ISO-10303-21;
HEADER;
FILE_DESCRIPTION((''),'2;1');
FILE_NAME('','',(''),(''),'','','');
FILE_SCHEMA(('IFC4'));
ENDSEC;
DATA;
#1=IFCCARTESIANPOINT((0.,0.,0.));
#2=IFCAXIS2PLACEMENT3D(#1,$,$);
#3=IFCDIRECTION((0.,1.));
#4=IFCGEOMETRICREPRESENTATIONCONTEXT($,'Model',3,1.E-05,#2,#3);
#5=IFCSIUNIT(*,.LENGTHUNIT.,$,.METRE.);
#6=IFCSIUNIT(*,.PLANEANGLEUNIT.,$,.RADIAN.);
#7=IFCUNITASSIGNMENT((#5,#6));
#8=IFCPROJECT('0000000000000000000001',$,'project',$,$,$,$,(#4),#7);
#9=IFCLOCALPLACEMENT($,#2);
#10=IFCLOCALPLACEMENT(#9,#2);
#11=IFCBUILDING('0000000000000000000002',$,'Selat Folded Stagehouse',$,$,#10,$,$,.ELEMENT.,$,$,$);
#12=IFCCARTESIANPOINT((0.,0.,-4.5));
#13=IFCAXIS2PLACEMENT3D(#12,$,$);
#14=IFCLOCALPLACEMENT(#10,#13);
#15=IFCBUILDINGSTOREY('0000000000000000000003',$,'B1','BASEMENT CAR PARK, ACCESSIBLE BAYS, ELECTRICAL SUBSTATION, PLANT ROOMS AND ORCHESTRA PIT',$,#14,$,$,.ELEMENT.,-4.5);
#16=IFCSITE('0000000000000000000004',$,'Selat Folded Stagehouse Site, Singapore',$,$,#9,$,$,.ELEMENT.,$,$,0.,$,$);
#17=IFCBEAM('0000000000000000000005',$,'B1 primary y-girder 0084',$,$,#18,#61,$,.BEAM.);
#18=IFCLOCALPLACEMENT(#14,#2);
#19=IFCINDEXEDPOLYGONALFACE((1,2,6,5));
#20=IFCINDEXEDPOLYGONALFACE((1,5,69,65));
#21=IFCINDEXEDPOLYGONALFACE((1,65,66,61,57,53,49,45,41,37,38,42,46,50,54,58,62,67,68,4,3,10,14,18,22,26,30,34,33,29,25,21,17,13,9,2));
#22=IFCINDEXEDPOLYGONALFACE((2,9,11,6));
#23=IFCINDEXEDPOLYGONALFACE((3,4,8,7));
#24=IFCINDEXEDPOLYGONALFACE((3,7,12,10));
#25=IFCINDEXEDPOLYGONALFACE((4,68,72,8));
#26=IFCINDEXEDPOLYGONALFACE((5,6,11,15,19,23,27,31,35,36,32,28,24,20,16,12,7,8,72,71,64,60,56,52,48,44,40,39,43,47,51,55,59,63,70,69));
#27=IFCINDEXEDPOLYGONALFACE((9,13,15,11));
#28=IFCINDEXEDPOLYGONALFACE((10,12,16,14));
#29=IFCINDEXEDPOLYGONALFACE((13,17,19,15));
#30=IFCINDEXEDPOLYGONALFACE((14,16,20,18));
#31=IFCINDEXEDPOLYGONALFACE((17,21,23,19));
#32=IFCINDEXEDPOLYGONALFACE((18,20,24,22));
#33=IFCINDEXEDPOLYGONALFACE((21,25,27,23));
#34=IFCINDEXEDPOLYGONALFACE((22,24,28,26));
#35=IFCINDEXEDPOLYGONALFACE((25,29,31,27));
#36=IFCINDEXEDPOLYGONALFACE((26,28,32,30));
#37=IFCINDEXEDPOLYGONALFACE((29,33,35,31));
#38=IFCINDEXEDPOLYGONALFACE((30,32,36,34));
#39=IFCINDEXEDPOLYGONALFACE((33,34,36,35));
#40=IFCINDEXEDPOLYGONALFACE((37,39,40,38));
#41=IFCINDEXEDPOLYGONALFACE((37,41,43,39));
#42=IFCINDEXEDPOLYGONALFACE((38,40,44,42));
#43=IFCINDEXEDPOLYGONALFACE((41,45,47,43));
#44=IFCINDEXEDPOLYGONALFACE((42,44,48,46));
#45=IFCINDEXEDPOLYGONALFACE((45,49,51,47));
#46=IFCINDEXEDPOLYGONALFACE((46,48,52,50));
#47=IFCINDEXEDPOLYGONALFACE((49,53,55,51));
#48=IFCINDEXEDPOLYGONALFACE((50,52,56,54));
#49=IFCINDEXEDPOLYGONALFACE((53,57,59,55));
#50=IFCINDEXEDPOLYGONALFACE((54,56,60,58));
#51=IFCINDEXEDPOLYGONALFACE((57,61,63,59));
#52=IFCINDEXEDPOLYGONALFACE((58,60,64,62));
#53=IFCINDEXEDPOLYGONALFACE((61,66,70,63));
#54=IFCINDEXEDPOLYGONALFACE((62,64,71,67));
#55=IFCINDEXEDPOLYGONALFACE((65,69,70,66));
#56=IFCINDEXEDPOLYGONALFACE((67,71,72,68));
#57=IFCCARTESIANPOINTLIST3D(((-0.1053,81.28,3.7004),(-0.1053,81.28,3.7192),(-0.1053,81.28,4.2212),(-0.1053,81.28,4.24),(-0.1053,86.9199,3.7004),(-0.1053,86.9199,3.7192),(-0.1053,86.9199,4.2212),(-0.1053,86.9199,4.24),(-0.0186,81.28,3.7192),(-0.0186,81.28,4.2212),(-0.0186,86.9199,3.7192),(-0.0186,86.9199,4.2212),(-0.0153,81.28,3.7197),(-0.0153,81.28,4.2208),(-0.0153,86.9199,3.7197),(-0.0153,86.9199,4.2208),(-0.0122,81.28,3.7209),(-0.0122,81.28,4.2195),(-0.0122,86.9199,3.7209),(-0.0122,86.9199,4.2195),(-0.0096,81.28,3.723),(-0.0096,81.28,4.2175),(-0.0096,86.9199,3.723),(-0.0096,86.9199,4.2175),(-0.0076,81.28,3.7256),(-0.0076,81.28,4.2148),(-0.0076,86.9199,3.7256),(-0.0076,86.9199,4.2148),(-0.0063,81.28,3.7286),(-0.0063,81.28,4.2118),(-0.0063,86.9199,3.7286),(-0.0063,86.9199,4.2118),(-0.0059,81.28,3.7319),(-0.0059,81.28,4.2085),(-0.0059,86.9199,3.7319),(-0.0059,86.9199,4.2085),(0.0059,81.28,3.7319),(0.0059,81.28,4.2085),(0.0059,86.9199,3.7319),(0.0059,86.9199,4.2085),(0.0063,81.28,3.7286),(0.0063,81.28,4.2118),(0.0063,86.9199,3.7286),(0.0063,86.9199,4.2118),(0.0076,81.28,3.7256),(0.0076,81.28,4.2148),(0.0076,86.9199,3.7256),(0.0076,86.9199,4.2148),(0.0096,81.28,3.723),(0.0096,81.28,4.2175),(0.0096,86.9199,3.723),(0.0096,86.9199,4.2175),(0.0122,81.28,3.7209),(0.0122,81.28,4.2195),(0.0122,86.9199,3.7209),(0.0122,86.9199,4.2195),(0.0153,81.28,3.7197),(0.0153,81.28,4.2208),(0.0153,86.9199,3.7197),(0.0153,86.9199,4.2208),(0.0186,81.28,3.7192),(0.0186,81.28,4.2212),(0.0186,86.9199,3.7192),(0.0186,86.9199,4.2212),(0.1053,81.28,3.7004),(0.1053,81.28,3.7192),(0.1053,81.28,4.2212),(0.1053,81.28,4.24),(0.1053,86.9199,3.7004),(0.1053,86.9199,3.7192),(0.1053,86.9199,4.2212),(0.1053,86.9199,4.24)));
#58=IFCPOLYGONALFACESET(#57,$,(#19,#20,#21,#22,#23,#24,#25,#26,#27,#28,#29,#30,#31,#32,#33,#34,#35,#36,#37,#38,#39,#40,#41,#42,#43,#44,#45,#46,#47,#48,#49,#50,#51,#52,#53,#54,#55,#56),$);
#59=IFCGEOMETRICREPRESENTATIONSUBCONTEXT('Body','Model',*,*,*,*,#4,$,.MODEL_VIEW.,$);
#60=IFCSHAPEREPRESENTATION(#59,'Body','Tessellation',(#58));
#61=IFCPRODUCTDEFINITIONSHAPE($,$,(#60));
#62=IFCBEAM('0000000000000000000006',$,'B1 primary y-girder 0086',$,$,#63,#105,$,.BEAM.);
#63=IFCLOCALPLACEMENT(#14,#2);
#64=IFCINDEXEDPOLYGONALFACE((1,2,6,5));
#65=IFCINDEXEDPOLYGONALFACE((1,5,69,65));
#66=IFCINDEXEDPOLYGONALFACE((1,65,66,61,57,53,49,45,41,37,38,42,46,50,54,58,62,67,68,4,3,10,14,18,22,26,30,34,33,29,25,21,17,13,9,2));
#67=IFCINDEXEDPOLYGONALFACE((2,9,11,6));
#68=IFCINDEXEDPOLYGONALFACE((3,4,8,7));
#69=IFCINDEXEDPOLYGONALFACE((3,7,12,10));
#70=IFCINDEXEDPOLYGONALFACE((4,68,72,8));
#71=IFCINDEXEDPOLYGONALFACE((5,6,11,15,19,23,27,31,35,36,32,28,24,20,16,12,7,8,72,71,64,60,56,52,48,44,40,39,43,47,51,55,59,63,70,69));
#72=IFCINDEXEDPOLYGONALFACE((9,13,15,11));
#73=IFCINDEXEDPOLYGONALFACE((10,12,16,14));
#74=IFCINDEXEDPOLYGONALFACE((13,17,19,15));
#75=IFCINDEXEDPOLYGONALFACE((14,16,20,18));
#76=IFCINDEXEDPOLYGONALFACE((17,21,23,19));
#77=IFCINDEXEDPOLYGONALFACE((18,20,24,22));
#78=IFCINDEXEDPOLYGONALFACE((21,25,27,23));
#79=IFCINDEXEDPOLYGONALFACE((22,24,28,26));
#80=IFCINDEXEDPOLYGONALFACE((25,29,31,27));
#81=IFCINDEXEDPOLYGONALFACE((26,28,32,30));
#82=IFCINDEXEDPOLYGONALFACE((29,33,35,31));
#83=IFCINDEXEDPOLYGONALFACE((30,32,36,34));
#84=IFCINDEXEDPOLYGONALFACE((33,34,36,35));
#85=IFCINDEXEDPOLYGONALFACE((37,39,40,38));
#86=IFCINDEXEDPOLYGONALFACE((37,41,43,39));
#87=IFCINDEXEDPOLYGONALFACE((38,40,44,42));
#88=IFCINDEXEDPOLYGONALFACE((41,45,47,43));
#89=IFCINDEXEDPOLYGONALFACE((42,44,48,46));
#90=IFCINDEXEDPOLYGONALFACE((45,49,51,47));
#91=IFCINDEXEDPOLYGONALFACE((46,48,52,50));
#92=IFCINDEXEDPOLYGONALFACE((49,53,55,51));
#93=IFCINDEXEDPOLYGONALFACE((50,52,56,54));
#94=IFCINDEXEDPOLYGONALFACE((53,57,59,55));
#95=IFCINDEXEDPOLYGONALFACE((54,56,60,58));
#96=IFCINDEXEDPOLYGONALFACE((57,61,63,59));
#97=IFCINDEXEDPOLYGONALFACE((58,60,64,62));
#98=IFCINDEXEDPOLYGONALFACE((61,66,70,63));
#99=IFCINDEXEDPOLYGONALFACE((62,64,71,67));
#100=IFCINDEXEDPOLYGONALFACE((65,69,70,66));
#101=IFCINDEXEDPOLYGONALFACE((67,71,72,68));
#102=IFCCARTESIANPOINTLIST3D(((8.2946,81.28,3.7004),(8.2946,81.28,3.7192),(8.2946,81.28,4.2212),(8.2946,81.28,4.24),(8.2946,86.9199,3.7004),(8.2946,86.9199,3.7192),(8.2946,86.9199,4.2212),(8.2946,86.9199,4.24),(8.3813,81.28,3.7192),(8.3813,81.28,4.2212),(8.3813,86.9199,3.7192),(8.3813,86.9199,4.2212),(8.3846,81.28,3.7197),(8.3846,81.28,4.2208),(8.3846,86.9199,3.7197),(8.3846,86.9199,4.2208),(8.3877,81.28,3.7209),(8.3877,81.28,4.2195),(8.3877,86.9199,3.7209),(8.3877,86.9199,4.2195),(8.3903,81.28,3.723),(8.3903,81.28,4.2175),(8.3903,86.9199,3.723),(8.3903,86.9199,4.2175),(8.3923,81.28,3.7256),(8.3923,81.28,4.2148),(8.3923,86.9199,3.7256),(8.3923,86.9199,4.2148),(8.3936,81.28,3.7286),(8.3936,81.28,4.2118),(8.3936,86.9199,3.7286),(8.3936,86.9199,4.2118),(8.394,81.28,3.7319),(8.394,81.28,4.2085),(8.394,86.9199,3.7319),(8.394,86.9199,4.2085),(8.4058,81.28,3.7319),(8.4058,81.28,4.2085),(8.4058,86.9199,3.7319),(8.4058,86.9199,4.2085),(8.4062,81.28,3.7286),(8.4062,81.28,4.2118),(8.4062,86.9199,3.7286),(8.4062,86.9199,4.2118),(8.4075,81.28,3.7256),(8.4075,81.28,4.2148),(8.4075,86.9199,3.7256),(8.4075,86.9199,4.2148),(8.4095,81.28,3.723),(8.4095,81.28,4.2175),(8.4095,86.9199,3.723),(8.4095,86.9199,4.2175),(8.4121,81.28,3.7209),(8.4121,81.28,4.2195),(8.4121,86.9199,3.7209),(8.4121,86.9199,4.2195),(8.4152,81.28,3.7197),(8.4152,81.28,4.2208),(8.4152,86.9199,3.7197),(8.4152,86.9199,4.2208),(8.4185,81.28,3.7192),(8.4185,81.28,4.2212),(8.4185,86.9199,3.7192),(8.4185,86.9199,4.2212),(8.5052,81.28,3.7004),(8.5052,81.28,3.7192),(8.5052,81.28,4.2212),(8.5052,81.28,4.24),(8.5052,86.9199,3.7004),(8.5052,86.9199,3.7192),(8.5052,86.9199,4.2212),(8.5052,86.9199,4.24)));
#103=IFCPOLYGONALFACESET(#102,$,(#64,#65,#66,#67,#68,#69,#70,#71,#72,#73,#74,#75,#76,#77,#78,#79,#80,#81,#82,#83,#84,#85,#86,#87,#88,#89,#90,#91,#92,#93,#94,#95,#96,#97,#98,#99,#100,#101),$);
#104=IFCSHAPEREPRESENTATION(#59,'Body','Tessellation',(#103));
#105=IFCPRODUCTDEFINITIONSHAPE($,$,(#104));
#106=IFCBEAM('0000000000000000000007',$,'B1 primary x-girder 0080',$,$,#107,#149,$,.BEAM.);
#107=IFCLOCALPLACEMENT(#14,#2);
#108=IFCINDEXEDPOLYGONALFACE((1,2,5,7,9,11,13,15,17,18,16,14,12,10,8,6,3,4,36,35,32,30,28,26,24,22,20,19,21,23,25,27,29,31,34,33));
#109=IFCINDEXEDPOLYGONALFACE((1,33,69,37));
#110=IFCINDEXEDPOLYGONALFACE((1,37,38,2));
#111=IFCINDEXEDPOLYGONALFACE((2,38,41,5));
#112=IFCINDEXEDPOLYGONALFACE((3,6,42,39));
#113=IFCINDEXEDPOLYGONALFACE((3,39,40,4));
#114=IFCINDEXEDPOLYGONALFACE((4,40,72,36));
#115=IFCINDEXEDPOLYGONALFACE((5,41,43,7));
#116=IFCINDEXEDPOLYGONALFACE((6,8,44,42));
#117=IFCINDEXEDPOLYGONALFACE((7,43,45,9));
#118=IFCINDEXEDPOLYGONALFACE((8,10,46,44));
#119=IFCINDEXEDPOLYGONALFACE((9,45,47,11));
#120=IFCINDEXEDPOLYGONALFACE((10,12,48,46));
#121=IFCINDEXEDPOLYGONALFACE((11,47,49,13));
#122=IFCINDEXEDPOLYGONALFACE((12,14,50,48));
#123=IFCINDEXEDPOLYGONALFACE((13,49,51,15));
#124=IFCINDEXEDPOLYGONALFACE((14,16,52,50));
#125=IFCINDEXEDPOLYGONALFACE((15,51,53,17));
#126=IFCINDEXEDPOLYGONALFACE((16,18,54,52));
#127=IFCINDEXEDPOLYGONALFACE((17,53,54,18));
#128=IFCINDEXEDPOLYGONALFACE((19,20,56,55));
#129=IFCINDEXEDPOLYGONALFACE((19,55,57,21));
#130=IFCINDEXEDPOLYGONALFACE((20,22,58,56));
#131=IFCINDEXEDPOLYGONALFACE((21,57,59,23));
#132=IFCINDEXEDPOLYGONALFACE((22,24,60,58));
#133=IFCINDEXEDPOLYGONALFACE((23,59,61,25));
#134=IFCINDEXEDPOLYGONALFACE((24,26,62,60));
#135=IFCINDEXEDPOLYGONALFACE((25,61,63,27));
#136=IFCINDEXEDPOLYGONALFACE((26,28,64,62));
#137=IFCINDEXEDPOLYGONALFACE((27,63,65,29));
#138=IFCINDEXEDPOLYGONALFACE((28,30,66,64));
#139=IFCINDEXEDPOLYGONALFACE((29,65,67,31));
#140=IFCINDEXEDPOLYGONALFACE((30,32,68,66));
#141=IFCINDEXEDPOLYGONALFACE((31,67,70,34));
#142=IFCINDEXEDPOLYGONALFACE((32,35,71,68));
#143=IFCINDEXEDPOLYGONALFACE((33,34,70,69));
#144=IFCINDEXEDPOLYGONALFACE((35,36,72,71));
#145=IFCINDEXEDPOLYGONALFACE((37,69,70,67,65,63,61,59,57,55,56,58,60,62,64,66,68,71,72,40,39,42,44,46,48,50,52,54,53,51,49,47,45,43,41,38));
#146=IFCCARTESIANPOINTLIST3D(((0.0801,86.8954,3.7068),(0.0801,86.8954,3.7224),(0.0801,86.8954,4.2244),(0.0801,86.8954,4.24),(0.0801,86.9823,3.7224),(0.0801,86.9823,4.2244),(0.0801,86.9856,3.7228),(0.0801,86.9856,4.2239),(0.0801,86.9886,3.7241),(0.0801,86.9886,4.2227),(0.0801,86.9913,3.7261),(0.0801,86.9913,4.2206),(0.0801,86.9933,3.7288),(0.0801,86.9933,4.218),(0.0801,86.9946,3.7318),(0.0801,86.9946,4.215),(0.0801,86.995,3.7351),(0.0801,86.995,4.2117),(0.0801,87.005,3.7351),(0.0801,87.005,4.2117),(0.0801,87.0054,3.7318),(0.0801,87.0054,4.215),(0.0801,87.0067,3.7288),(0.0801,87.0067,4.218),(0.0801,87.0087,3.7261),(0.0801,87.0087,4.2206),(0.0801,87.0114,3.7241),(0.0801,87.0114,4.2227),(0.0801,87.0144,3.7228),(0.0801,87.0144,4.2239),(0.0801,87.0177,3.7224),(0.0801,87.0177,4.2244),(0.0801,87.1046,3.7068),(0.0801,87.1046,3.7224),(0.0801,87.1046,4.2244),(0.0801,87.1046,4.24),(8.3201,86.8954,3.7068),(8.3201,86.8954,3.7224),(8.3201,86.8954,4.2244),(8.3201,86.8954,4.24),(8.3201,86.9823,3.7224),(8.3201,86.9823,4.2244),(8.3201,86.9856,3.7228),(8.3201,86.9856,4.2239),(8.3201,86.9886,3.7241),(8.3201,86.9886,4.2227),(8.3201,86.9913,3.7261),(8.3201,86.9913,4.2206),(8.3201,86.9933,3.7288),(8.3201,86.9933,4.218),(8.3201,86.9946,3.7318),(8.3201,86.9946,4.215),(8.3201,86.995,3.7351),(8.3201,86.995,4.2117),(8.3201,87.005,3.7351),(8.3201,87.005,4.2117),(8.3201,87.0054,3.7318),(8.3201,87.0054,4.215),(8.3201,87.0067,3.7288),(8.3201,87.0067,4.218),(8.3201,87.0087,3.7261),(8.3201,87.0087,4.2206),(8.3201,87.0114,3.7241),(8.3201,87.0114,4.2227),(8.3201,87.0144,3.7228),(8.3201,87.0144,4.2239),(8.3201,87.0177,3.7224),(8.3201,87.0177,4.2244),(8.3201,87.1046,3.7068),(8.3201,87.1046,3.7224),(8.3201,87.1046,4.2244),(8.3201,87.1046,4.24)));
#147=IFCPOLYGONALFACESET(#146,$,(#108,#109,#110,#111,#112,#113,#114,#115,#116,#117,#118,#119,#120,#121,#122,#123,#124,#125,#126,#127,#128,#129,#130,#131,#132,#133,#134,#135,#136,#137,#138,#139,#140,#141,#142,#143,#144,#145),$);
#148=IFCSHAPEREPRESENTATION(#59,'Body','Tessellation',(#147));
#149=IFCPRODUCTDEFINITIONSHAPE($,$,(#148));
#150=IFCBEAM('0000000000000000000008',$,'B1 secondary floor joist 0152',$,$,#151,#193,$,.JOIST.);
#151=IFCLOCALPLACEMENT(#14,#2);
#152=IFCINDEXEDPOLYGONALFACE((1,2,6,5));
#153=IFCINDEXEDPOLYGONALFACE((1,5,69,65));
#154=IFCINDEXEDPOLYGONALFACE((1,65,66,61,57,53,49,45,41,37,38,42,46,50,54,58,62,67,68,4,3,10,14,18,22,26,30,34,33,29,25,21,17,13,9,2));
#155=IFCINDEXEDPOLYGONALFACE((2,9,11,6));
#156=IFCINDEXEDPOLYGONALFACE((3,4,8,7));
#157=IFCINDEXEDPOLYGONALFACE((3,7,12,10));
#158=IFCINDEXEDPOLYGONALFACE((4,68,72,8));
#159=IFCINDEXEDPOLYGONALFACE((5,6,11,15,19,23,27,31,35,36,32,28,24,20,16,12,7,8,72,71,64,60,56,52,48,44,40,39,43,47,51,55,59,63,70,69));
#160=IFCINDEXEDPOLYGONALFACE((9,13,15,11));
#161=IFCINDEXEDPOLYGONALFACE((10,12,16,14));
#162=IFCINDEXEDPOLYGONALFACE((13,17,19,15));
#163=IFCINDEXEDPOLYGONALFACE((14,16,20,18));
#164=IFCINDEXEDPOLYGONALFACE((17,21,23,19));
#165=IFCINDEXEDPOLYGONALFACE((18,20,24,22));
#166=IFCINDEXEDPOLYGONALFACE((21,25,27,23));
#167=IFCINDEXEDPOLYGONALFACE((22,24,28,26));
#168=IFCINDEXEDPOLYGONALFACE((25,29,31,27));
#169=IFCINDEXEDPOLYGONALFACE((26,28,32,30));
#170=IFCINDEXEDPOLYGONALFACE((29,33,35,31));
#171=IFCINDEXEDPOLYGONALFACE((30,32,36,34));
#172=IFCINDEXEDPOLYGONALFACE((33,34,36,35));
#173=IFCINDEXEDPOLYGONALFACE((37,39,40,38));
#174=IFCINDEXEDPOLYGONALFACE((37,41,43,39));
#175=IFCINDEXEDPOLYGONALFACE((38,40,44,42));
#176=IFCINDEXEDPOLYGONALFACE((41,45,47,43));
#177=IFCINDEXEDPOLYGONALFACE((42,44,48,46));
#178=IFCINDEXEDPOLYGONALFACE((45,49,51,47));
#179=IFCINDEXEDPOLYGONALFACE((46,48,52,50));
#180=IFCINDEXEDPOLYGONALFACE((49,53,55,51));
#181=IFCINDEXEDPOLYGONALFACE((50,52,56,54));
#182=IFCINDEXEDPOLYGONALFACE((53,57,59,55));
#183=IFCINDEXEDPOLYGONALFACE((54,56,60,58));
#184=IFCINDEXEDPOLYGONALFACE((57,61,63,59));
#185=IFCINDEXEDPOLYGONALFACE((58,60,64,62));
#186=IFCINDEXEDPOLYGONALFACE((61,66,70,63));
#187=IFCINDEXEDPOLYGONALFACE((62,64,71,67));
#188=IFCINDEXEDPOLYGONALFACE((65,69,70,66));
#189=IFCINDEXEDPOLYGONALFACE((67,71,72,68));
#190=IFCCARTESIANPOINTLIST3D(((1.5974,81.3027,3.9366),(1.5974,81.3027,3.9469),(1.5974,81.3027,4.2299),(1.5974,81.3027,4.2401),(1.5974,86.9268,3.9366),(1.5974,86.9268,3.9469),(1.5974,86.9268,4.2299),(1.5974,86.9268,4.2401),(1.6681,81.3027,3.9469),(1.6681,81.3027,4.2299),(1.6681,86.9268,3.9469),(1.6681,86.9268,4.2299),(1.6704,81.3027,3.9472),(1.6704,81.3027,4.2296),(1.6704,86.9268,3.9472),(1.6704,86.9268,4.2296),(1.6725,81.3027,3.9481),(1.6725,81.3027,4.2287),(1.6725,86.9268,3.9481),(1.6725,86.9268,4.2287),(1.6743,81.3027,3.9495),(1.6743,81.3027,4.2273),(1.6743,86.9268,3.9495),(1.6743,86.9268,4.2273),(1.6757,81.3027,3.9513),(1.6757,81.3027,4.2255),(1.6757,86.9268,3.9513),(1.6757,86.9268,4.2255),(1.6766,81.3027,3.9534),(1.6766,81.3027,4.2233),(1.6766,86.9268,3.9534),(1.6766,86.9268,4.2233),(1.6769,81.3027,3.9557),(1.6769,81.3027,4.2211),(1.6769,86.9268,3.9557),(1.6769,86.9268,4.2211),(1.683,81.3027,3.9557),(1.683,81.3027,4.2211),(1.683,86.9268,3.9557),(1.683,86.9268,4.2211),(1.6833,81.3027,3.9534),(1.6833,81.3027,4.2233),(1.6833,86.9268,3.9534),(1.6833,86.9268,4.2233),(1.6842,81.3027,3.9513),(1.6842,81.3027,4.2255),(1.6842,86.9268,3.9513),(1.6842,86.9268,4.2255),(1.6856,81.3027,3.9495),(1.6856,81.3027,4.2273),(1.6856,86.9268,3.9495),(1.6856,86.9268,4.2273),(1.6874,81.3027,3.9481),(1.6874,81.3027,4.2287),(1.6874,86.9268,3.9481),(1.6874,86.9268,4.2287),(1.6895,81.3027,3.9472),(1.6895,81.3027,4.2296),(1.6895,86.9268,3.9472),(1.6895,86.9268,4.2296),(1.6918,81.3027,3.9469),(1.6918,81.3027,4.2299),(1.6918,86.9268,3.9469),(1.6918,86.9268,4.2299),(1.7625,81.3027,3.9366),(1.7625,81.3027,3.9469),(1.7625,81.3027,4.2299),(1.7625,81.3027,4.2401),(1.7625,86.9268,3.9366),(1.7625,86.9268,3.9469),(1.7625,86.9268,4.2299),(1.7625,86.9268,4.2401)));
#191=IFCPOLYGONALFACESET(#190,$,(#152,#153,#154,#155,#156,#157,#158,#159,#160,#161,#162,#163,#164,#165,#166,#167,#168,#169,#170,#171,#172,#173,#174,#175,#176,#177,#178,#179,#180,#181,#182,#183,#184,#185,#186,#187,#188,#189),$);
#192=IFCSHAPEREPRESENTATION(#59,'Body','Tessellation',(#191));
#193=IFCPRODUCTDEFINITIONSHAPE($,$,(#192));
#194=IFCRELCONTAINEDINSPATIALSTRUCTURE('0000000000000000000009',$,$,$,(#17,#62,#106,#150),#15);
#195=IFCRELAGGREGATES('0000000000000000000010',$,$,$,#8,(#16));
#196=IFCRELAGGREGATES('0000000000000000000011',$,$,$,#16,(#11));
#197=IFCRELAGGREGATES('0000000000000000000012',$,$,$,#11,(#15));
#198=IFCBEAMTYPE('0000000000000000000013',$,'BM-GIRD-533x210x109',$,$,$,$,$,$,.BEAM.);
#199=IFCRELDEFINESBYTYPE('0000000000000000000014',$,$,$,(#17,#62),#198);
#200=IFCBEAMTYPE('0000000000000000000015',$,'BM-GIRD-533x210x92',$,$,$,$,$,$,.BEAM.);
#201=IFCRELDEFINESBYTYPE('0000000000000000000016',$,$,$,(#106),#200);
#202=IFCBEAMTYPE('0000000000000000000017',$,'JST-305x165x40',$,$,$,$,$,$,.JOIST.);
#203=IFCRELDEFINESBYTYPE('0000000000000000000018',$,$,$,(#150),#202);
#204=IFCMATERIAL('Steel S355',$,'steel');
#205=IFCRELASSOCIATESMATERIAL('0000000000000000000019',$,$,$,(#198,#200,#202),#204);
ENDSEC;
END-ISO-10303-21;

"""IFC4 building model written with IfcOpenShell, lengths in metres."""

from ifc_helpers import new_model, si_unit, direction, frame, origin, origin_2d, place, context, subcontext, project, spatial, i_section, extrude, material, material_profile, profile_set, type_object, element, save


model = new_model("IFC4")

# Units and contexts
model_context = context("Model", 3, precision=1e-05, world=origin(), true_north=direction((0.0, 1.0)))
body_context = subcontext(model_context, "Body", "Model", "MODEL_VIEW")
ifc_project = project(units=[si_unit("LENGTHUNIT", "METRE"), si_unit("PLANEANGLEUNIT", "RADIAN")], contexts=[model_context])

# Site, building, storey
site_placement = place(None, origin())
site = spatial("IfcSite", under=ifc_project, at=site_placement, Name="Selat Folded Stagehouse Site, Singapore", CompositionType="ELEMENT", RefElevation=0.0)
building_placement = place(site_placement, origin())
building = spatial("IfcBuilding", under=site, at=building_placement, Name="Selat Folded Stagehouse", CompositionType="ELEMENT")
storey_placement = place(building_placement, frame((0.0, 0.0, -4.5)))
storey = spatial("IfcBuildingStorey", under=building, at=storey_placement, Name="B1", Description="BASEMENT CAR PARK, ACCESSIBLE BAYS, ELECTRICAL SUBSTATION, PLANT ROOMS AND ORCHESTRA PIT", CompositionType="ELEMENT", Elevation=-4.5)

# Shared definitions
ifc_material_1 = material(Name="Steel S355", Category="steel")

# Beams
ifc_material_profile_1 = material_profile(ifc_material_1, i_section(OverallWidth=0.2107, OverallDepth=0.5396, WebThickness=0.0117, FlangeThickness=0.0188, FilletRadius=0.0127, at=origin_2d()), Name="UKB 533x210x109")
ifc_profile_set_1 = profile_set([ifc_material_profile_1], Name="Steel S355")
beam_type_1 = type_object("IfcBeamType", Name="BM-GIRD-533x210x109", PredefinedType="BEAM", material=ifc_profile_set_1)
for number, where, z_axis, x_axis, name in (
    (1, (0.0, 81.28, 3.9702), (0.0, 1.0, 0.0), (-1.0, 0.0, 0.0), "B1 primary y-girder 0084"),
    (2, (8.3999, 81.28, 3.9702), (0.0, 1.0, 0.0), (-1.0, 0.0, 0.0), "B1 primary y-girder 0086"),
):
    element("IfcBeam", number, at=place(storey_placement, frame(where, z_axis=z_axis, x_axis=x_axis)), inside=storey, type_object=beam_type_1, Name=name, PredefinedType="BEAM", context=body_context, shape_type="SweptSolid", body=[
        extrude(i_section(OverallWidth=0.2107, OverallDepth=0.5396, WebThickness=0.0117, FlangeThickness=0.0188, FilletRadius=0.0127, at=origin_2d()), origin(), (0.0, 0.0, 1.0), 5.6399),
    ])
ifc_material_profile_2 = material_profile(ifc_material_1, i_section(OverallWidth=0.2092, OverallDepth=0.5332, WebThickness=0.01, FlangeThickness=0.0156, FilletRadius=0.0127, at=origin_2d()), Name="UKB 533x210x92")
ifc_profile_set_2 = profile_set([ifc_material_profile_2], Name="Steel S355")
beam_type_2 = type_object("IfcBeamType", Name="BM-GIRD-533x210x92", PredefinedType="BEAM", material=ifc_profile_set_2)
beam_placement = place(storey_placement, frame((0.0801, 87.0, 3.9734), z_axis=(1.0, 0.0, 0.0), x_axis=(0.0, 1.0, 0.0)))
element("IfcBeam", 3, at=beam_placement, inside=storey, type_object=beam_type_2, Name="B1 primary x-girder 0080", PredefinedType="BEAM", context=body_context, shape_type="SweptSolid", body=[
    extrude(i_section(OverallWidth=0.2092, OverallDepth=0.5332, WebThickness=0.01, FlangeThickness=0.0156, FilletRadius=0.0127, at=origin_2d()), origin(), (0.0, 0.0, 1.0), 8.24),
])
ifc_material_profile_3 = material_profile(ifc_material_1, i_section(OverallWidth=0.165, OverallDepth=0.3035, WebThickness=0.0061, FlangeThickness=0.0103, FilletRadius=0.0088, at=origin_2d()), Name="UKB 305x165x40")
ifc_profile_set_3 = profile_set([ifc_material_profile_3], Name="Steel S355")
beam_type_3 = type_object("IfcBeamType", Name="JST-305x165x40", PredefinedType="JOIST", material=ifc_profile_set_3)
for number, where, z_axis, x_axis, name in (
    (4, (1.6799, 81.3027, 4.0884), (0.0, 1.0, 0.0), (-1.0, 0.0, 0.0), "B1 secondary floor joist 0152"),
):
    element("IfcBeam", number, at=place(storey_placement, frame(where, z_axis=z_axis, x_axis=x_axis)), inside=storey, type_object=beam_type_3, Name=name, PredefinedType="JOIST", context=body_context, shape_type="SweptSolid", body=[
        extrude(i_section(OverallWidth=0.165, OverallDepth=0.3035, WebThickness=0.0061, FlangeThickness=0.0103, FilletRadius=0.0088, at=origin_2d()), origin(), (0.0, 0.0, 1.0), 5.624),
    ])

save(model, "model.ifc")
